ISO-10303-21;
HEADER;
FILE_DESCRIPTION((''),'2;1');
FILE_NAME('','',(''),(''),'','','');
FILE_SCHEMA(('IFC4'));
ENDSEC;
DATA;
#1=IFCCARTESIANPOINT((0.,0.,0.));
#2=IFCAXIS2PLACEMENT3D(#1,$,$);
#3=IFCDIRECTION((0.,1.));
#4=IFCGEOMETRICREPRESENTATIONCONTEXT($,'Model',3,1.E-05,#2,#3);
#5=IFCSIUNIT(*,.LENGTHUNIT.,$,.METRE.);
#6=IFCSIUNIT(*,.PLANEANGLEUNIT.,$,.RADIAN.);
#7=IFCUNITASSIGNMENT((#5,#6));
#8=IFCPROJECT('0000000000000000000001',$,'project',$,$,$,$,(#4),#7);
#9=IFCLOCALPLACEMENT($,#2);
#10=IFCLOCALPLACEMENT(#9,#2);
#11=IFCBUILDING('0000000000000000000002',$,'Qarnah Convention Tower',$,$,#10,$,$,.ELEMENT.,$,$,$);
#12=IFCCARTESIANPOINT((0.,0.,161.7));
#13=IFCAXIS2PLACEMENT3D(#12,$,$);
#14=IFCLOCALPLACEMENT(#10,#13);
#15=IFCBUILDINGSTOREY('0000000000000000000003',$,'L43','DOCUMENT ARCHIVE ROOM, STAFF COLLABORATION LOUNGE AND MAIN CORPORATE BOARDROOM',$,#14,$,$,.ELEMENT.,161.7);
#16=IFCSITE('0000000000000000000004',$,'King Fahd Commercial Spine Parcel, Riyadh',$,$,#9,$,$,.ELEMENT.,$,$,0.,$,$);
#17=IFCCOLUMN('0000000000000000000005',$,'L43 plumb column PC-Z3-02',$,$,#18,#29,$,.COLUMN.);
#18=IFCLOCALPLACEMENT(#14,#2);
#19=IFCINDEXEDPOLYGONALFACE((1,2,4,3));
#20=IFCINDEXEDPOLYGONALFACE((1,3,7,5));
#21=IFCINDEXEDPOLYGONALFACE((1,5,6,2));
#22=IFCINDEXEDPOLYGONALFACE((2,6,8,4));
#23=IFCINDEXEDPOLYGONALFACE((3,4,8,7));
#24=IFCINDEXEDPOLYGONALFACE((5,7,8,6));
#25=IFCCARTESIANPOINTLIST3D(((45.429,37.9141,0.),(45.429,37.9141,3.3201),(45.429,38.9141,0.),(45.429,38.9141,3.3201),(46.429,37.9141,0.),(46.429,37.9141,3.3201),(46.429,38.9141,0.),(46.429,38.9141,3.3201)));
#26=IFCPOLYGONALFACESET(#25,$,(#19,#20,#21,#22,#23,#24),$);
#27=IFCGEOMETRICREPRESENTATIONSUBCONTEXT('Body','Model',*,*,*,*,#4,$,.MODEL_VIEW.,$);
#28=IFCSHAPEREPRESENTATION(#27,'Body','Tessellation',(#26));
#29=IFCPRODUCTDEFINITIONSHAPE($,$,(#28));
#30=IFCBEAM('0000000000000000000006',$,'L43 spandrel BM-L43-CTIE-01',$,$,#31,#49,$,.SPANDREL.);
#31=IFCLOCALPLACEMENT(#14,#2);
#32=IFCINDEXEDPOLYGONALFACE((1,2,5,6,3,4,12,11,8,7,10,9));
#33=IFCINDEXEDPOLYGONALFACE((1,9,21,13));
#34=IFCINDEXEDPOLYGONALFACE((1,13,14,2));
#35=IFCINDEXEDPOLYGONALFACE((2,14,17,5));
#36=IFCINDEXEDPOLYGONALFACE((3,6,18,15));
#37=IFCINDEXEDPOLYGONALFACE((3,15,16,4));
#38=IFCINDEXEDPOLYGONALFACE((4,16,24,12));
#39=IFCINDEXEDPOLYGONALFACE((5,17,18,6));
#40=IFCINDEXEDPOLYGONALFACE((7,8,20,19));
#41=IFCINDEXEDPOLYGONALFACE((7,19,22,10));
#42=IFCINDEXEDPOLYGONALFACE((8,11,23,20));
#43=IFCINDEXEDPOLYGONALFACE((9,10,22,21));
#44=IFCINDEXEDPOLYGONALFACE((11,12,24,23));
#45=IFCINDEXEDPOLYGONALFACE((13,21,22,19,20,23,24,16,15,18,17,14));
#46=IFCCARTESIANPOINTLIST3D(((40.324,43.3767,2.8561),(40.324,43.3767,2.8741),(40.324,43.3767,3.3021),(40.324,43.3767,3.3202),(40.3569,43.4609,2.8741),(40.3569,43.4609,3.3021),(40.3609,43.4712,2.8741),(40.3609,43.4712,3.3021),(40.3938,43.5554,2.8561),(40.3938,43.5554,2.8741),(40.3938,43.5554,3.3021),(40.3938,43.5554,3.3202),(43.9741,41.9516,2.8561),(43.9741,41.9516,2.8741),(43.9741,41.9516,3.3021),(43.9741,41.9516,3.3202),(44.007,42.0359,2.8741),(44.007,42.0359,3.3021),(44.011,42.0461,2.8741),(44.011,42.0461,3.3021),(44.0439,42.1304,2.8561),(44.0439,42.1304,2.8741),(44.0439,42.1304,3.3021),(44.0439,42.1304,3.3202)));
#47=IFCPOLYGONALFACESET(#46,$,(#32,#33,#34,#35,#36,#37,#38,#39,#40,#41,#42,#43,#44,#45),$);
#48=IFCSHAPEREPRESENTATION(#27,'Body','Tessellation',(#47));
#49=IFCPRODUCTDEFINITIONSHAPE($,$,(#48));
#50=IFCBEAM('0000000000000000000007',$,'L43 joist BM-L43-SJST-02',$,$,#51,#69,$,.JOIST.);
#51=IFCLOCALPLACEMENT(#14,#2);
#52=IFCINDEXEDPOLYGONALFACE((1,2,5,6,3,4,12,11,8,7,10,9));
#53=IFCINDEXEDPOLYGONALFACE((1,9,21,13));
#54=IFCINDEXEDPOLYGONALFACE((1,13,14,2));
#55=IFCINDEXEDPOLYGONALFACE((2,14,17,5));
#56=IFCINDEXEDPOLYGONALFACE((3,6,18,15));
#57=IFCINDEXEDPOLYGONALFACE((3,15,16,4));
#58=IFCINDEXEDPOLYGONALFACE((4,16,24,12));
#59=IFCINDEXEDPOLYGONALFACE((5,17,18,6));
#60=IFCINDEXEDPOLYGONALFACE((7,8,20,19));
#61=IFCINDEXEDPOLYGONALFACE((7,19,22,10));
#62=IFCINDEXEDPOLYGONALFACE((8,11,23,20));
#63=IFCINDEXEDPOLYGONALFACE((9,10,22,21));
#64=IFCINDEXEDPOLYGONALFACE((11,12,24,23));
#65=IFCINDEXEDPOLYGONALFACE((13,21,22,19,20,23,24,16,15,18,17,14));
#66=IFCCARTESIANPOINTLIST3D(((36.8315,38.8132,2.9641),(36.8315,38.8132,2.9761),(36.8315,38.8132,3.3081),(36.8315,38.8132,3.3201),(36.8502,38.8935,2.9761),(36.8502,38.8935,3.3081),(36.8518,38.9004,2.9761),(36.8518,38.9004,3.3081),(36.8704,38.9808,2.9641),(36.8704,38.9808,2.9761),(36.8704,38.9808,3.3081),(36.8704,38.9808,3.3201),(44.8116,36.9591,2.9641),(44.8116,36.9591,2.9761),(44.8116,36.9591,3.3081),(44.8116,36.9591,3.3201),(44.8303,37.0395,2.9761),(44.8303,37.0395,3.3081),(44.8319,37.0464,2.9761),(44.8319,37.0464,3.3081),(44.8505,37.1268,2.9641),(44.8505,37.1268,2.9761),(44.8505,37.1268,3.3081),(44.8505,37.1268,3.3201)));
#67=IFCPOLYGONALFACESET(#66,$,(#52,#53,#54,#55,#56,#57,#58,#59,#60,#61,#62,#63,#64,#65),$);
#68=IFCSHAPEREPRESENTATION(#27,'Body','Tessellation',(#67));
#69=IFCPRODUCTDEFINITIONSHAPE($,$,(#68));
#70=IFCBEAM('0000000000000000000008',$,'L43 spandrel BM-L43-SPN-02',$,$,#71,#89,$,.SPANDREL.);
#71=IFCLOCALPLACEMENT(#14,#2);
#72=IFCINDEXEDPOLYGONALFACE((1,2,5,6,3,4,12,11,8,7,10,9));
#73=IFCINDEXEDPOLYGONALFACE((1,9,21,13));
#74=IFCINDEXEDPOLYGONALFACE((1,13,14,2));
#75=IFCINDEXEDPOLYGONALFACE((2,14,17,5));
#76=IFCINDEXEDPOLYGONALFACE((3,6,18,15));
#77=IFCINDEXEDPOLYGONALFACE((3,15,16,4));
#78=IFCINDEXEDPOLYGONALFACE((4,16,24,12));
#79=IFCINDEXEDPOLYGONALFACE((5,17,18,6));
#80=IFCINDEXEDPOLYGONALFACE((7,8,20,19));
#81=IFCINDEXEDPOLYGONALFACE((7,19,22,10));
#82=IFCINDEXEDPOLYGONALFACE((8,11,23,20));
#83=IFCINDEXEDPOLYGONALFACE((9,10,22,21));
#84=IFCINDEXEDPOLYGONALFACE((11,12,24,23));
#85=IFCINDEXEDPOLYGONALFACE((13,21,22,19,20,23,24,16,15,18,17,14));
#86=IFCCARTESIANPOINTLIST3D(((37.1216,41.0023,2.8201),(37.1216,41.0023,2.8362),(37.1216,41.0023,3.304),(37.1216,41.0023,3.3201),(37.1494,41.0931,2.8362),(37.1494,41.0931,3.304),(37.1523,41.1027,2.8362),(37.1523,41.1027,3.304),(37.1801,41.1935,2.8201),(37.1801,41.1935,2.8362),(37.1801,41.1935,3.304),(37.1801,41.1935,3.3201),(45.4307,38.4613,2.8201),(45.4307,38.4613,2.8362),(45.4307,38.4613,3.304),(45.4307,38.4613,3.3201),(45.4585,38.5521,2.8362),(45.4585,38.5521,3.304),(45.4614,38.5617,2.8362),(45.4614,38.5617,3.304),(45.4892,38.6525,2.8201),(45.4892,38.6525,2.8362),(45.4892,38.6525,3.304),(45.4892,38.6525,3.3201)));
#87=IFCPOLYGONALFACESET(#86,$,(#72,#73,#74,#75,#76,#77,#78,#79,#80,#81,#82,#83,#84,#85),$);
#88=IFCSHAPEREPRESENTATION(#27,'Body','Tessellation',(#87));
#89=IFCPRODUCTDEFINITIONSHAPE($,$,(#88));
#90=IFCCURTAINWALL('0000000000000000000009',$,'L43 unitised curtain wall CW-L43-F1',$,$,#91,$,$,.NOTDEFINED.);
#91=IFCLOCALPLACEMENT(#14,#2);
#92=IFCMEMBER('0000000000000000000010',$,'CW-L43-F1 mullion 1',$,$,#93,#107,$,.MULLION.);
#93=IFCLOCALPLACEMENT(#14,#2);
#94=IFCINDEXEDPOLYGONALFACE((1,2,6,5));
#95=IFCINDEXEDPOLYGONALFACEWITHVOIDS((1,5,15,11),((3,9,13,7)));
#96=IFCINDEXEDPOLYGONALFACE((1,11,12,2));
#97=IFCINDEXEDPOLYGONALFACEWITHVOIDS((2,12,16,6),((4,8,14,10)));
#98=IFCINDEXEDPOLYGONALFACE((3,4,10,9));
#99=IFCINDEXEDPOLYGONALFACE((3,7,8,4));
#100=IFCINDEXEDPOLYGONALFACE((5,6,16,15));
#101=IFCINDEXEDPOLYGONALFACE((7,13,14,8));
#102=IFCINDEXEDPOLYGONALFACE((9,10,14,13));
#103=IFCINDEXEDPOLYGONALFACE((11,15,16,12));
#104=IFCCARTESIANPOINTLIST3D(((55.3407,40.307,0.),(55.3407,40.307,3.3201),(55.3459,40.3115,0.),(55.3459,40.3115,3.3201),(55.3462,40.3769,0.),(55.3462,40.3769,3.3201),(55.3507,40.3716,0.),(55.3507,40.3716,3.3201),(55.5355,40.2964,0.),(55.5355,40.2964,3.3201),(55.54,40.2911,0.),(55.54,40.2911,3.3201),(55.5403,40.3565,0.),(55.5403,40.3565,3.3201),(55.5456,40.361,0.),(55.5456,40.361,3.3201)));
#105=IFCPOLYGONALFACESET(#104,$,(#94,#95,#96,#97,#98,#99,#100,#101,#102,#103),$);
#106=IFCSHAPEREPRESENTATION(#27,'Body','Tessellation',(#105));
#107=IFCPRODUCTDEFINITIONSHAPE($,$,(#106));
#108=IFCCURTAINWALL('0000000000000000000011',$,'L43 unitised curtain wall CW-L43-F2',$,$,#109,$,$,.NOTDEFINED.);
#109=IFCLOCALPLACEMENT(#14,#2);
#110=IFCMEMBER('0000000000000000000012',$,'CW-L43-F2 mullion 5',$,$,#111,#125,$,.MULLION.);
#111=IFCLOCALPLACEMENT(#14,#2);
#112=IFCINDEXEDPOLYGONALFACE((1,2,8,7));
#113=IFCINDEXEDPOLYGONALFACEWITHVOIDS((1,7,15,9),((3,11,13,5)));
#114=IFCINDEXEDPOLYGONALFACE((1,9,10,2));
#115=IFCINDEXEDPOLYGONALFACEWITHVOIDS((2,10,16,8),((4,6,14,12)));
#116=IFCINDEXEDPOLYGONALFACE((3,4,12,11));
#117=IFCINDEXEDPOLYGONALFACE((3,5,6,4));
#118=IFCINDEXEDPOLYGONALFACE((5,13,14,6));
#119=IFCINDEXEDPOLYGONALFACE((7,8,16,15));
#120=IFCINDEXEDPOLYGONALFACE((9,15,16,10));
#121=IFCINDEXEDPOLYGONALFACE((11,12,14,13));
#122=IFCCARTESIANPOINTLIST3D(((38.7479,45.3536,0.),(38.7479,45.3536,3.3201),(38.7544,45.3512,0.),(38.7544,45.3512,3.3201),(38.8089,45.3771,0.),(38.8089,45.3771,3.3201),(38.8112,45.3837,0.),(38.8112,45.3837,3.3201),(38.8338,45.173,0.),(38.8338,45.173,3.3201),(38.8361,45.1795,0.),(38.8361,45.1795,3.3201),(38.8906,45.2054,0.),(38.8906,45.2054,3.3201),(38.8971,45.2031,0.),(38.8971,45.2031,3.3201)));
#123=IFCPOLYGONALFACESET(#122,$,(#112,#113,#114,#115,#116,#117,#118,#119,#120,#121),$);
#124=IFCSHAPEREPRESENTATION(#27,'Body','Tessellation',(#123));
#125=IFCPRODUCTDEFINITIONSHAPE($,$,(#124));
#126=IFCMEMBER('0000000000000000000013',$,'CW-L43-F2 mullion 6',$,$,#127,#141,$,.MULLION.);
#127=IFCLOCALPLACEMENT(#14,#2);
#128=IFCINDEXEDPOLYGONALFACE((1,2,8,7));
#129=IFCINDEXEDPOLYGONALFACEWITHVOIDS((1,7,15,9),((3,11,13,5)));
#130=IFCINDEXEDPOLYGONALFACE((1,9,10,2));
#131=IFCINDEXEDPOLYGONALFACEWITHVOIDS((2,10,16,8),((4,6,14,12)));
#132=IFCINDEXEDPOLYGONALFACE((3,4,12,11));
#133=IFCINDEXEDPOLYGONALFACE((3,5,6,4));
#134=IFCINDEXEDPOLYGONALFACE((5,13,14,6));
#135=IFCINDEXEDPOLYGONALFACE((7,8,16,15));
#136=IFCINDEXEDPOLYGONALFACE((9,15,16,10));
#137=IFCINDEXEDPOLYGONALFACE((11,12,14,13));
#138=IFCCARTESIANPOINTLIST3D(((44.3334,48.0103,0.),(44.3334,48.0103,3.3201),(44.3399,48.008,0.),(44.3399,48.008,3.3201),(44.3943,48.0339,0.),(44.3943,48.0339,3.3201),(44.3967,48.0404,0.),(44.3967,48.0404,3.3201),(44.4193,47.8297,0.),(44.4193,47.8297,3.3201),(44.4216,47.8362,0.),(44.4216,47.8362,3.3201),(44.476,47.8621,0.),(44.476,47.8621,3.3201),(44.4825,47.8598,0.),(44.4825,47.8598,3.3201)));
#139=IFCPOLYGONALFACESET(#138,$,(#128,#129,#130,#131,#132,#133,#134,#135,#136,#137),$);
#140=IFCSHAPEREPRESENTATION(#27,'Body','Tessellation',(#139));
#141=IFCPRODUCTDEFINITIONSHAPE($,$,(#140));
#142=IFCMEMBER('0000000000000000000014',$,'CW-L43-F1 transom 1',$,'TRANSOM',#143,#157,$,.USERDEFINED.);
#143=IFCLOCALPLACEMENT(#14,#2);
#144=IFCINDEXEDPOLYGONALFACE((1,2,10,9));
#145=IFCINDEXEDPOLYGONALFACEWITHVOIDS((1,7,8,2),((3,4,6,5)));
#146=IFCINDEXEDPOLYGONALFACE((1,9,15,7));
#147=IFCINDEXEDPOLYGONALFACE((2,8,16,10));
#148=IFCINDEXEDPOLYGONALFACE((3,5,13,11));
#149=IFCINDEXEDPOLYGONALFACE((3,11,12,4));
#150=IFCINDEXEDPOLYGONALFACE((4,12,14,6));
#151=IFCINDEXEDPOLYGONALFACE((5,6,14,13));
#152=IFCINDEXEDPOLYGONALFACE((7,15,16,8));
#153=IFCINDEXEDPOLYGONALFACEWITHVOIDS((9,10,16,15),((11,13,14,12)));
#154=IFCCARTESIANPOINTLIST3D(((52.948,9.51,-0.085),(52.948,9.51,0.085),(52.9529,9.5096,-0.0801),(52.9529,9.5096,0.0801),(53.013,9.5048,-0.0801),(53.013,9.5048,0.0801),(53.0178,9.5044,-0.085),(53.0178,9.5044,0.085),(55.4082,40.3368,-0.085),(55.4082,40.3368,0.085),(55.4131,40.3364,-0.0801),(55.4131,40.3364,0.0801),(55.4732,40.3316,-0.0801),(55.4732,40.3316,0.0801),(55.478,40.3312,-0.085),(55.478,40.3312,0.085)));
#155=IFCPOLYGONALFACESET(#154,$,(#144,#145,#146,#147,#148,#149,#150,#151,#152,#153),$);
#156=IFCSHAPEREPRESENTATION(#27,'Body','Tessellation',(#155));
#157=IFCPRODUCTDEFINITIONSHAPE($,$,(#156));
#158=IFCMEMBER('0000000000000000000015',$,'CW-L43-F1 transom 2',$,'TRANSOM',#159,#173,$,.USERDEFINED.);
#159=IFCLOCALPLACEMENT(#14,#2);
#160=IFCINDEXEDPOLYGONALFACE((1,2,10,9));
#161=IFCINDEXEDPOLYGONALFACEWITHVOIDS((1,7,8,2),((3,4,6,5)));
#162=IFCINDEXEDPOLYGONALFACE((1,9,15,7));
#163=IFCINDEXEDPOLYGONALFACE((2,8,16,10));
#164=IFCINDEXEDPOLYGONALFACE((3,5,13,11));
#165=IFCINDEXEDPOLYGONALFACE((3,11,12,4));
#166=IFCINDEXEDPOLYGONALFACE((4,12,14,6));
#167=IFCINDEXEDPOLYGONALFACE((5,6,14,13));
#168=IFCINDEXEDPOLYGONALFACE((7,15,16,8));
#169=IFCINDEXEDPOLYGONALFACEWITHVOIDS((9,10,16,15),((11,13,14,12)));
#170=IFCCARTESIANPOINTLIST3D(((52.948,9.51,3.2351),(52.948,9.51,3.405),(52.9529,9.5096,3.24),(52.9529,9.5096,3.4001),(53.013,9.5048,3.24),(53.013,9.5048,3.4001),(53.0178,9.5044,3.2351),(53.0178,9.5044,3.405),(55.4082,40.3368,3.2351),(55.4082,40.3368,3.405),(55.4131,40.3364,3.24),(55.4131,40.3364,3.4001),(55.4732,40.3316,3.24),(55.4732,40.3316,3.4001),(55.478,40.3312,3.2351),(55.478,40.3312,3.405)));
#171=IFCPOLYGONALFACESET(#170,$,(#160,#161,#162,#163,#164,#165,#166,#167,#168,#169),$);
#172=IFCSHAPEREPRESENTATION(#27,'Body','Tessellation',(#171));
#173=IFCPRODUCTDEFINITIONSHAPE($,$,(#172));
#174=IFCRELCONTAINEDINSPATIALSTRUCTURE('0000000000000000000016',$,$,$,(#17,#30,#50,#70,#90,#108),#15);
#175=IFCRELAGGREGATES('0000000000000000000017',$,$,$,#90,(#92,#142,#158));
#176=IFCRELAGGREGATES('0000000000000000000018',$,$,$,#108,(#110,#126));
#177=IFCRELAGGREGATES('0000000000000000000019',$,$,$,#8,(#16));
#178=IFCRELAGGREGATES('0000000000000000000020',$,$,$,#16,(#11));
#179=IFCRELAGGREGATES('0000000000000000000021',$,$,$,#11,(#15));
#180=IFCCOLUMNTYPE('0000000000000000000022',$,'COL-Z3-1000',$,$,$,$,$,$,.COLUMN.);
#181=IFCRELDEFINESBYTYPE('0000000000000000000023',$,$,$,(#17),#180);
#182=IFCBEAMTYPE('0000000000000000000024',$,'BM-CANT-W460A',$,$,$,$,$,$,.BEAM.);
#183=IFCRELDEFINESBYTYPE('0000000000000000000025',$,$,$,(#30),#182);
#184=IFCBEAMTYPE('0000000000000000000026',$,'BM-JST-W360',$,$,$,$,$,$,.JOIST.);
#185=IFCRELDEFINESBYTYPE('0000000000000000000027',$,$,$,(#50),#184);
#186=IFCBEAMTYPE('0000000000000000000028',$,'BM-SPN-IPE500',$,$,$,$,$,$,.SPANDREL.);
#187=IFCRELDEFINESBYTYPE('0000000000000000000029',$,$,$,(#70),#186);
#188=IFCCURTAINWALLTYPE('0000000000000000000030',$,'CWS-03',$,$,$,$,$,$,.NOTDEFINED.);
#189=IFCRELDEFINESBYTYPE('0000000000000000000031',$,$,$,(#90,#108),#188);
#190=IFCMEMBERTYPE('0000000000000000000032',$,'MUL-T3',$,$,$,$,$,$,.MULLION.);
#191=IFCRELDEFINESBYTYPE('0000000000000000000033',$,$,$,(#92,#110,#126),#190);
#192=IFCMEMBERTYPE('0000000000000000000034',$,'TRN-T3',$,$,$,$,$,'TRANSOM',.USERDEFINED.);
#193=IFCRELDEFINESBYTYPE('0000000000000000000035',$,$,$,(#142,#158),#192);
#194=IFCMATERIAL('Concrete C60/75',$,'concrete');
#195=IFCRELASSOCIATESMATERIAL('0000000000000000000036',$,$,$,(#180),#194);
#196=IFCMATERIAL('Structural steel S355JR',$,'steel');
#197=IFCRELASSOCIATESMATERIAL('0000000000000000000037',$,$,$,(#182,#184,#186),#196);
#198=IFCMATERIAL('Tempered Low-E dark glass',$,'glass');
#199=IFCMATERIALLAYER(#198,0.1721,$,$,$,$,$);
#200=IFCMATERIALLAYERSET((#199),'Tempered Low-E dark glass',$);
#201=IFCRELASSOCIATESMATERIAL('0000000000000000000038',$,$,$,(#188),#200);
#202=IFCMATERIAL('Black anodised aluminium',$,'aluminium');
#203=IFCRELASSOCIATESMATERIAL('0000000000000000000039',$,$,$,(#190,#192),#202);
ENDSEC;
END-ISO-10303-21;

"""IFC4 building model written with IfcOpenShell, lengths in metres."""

from ifc_helpers import new_model, si_unit, direction, frame, origin, origin_2d, place, context, subcontext, project, spatial, rectangle, hollow_rectangle, i_section, extrude, material, layer, layer_set, material_profile, profile_set, type_object, element, aggregate, save


model = new_model("IFC4")

# Units and contexts
model_context = context("Model", 3, precision=1e-05, world=origin(), true_north=direction((0.0, 1.0)))
body_context = subcontext(model_context, "Body", "Model", "MODEL_VIEW")
ifc_project = project(units=[si_unit("LENGTHUNIT", "METRE"), si_unit("PLANEANGLEUNIT", "RADIAN")], contexts=[model_context])

# Site, building, storey
site_placement = place(None, origin())
site = spatial("IfcSite", under=ifc_project, at=site_placement, Name="King Fahd Commercial Spine Parcel, Riyadh", CompositionType="ELEMENT", RefElevation=0.0)
building_placement = place(site_placement, origin())
building = spatial("IfcBuilding", under=site, at=building_placement, Name="Qarnah Convention Tower", CompositionType="ELEMENT")
storey_placement = place(building_placement, frame((0.0, 0.0, 161.7)))
storey = spatial("IfcBuildingStorey", under=building, at=storey_placement, Name="L43", Description="DOCUMENT ARCHIVE ROOM, STAFF COLLABORATION LOUNGE AND MAIN CORPORATE BOARDROOM", CompositionType="ELEMENT", Elevation=161.7)

# Column
ifc_material_1 = material(Name="Concrete C60/75", Category="concrete")
ifc_material_profile_1 = material_profile(ifc_material_1, rectangle(XDim=1.0, YDim=1.0, at=origin_2d()), Name="RC-COL-1000X1000")
ifc_profile_set_1 = profile_set([ifc_material_profile_1], Name="Concrete C60/75")
column_type = type_object("IfcColumnType", Name="COL-Z3-1000", PredefinedType="COLUMN", material=ifc_profile_set_1)
column_placement = place(storey_placement, frame((45.929, 38.4141, 0.0), z_axis=(0.0, 0.0, 1.0), x_axis=(1.0, 0.0, 0.0)))
element("IfcColumn", 1, at=column_placement, inside=storey, type_object=column_type, Name="L43 plumb column PC-Z3-02", PredefinedType="COLUMN", context=body_context, shape_type="SweptSolid", body=[
    extrude(rectangle(XDim=1.0, YDim=1.0, at=origin_2d()), origin(), (0.0, 0.0, 1.0), 3.3201),
])

# Beams
ifc_material_2 = material(Name="Structural steel S355JR", Category="steel")
ifc_material_profile_2 = material_profile(ifc_material_2, i_section(OverallWidth=0.1919, OverallDepth=0.4641, WebThickness=0.011, FlangeThickness=0.0181, at=origin_2d()), Name="W460X89")
ifc_profile_set_2 = profile_set([ifc_material_profile_2], Name="Structural steel S355JR")
beam_type_1 = type_object("IfcBeamType", Name="BM-CANT-W460A", PredefinedType="BEAM", material=ifc_profile_set_2)
beam_1_placement = place(storey_placement, frame((44.009, 42.041, 3.0881), z_axis=(-0.931526, 0.363676, 0.0), x_axis=(-0.363676, -0.931526, 0.0)))
element("IfcBeam", 2, at=beam_1_placement, inside=storey, type_object=beam_type_1, Name="L43 spandrel BM-L43-CTIE-01", PredefinedType="SPANDREL", context=body_context, shape_type="SweptSolid", body=[
    extrude(i_section(OverallWidth=0.1919, OverallDepth=0.4641, WebThickness=0.011, FlangeThickness=0.0181, at=origin_2d()), origin(), (0.0, 0.0, 1.0), 3.9185),
])
ifc_material_profile_3 = material_profile(ifc_material_2, i_section(OverallWidth=0.1721, OverallDepth=0.356, WebThickness=0.0071, FlangeThickness=0.012, at=origin_2d()), Name="W360X51")
ifc_profile_set_3 = profile_set([ifc_material_profile_3], Name="Structural steel S355JR")
beam_type_2 = type_object("IfcBeamType", Name="BM-JST-W360", PredefinedType="JOIST", material=ifc_profile_set_3)
beam_2_placement = place(storey_placement, frame((44.8311, 37.043, 3.1421), z_axis=(-0.974057, 0.226304, 0.0), x_axis=(-0.226304, -0.974057, 0.0)))
element("IfcBeam", 3, at=beam_2_placement, inside=storey, type_object=beam_type_2, Name="L43 joist BM-L43-SJST-02", PredefinedType="JOIST", context=body_context, shape_type="SweptSolid", body=[
    extrude(i_section(OverallWidth=0.1721, OverallDepth=0.356, WebThickness=0.0071, FlangeThickness=0.012, at=origin_2d()), origin(), (0.0, 0.0, 1.0), 8.1926),
])
ifc_material_profile_4 = material_profile(ifc_material_2, i_section(OverallWidth=0.2, OverallDepth=0.5, WebThickness=0.01, FlangeThickness=0.0161, at=origin_2d()), Name="IPE500")
ifc_profile_set_4 = profile_set([ifc_material_profile_4], Name="Structural steel S355JR")
beam_type_3 = type_object("IfcBeamType", Name="BM-SPN-IPE500", PredefinedType="SPANDREL", material=ifc_profile_set_4)
beam_3_placement = place(storey_placement, frame((45.46, 38.5569, 3.0701), z_axis=(-0.956283, 0.292443, 0.0), x_axis=(-0.292443, -0.956283, 0.0)))
element("IfcBeam", 4, at=beam_3_placement, inside=storey, type_object=beam_type_3, Name="L43 spandrel BM-L43-SPN-02", PredefinedType="SPANDREL", context=body_context, shape_type="SweptSolid", body=[
    extrude(i_section(OverallWidth=0.2, OverallDepth=0.5, WebThickness=0.01, FlangeThickness=0.0161, at=origin_2d()), origin(), (0.0, 0.0, 1.0), 8.689),
])

# Curtain wall, member
ifc_material_3 = material(Name="Tempered Low-E dark glass", Category="glass")
ifc_layer_1 = layer(ifc_material_3, 0.1721)
ifc_layer_set_1 = layer_set([ifc_layer_1], Name="Tempered Low-E dark glass")
curtain_wall_type = type_object("IfcCurtainWallType", Name="CWS-03", PredefinedType="NOTDEFINED", material=ifc_layer_set_1)
curtain_wall_1_placement = place(storey_placement, origin())
curtain_wall_1 = element("IfcCurtainWall", 5, at=curtain_wall_1_placement, inside=storey, type_object=curtain_wall_type, Name="L43 unitised curtain wall CW-L43-F1", PredefinedType="NOTDEFINED")
ifc_material_4 = material(Name="Black anodised aluminium", Category="aluminium")
ifc_material_profile_5 = material_profile(ifc_material_4, hollow_rectangle(XDim=0.0701, YDim=0.2, WallThickness=0.0049, at=origin_2d()), Name="MUL-70X200")
ifc_profile_set_5 = profile_set([ifc_material_profile_5], Name="Black anodised aluminium")
member_type_1 = type_object("IfcMemberType", Name="MUL-T3", PredefinedType="MULLION", material=ifc_profile_set_5)
member_1_placement = place(storey_placement, frame((55.4431, 40.334, 0.0), z_axis=(0.0, 0.0, 1.0), x_axis=(-0.079547, -0.996831, 0.0)))
member_1 = element("IfcMember", 6, at=member_1_placement, type_object=member_type_1, Name="CW-L43-F1 mullion 1", PredefinedType="MULLION", context=body_context, shape_type="SweptSolid", body=[
    extrude(hollow_rectangle(XDim=0.0701, YDim=0.2, WallThickness=0.0049, at=origin_2d()), origin(), (0.0, 0.0, 1.0), 3.3201),
])

# Curtain wall, members
curtain_wall_2_placement = place(storey_placement, origin())
curtain_wall_2 = element("IfcCurtainWall", 7, at=curtain_wall_2_placement, inside=storey, type_object=curtain_wall_type, Name="L43 unitised curtain wall CW-L43-F2", PredefinedType="NOTDEFINED")
member_2_placement = place(storey_placement, frame((38.8225, 45.2783, 0.0), z_axis=(0.0, 0.0, 1.0), x_axis=(0.903049, 0.429537, 0.0)))
member_2 = element("IfcMember", 8, at=member_2_placement, type_object=member_type_1, Name="CW-L43-F2 mullion 5", PredefinedType="MULLION", context=body_context, shape_type="SweptSolid", body=[
    extrude(hollow_rectangle(XDim=0.0701, YDim=0.2, WallThickness=0.0049, at=origin_2d()), origin(), (0.0, 0.0, 1.0), 3.3201),
])
member_3_placement = place(storey_placement, frame((44.408, 47.9351, 0.0), z_axis=(0.0, 0.0, 1.0), x_axis=(0.903049, 0.429537, 0.0)))
member_3 = element("IfcMember", 9, at=member_3_placement, type_object=member_type_1, Name="CW-L43-F2 mullion 6", PredefinedType="MULLION", context=body_context, shape_type="SweptSolid", body=[
    extrude(hollow_rectangle(XDim=0.0701, YDim=0.2, WallThickness=0.0049, at=origin_2d()), origin(), (0.0, 0.0, 1.0), 3.3201),
])

# Members
ifc_material_profile_6 = material_profile(ifc_material_4, hollow_rectangle(XDim=0.0701, YDim=0.1699, WallThickness=0.0049, at=origin_2d()), Name="TRN-70X170")
ifc_profile_set_6 = profile_set([ifc_material_profile_6], Name="Black anodised aluminium")
member_type_2 = type_object("IfcMemberType", Name="TRN-T3", ElementType="TRANSOM", PredefinedType="USERDEFINED", material=ifc_profile_set_6)
member_4_placement = place(storey_placement, frame((55.4431, 40.334, 0.0), z_axis=(-0.079554, -0.996831, 0.0), x_axis=(0.996831, -0.079554, 0.0)))
member_4 = element("IfcMember", 10, at=member_4_placement, type_object=member_type_2, Name="CW-L43-F1 transom 1", ObjectType="TRANSOM", PredefinedType="USERDEFINED", context=body_context, shape_type="SweptSolid", body=[
    extrude(hollow_rectangle(XDim=0.0701, YDim=0.1699, WallThickness=0.0049, at=origin_2d()), origin(), (0.0, 0.0, 1.0), 30.9248),
])
member_5_placement = place(storey_placement, frame((55.4431, 40.334, 3.3201), z_axis=(-0.079554, -0.996831, 0.0), x_axis=(0.996831, -0.079554, 0.0)))
member_5 = element("IfcMember", 11, at=member_5_placement, type_object=member_type_2, Name="CW-L43-F1 transom 2", ObjectType="TRANSOM", PredefinedType="USERDEFINED", context=body_context, shape_type="SweptSolid", body=[
    extrude(hollow_rectangle(XDim=0.0701, YDim=0.1699, WallThickness=0.0049, at=origin_2d()), origin(), (0.0, 0.0, 1.0), 30.9248),
])

aggregate(curtain_wall_1, [member_1, member_4, member_5])
aggregate(curtain_wall_2, [member_2, member_3])

save(model, "model.ifc")
